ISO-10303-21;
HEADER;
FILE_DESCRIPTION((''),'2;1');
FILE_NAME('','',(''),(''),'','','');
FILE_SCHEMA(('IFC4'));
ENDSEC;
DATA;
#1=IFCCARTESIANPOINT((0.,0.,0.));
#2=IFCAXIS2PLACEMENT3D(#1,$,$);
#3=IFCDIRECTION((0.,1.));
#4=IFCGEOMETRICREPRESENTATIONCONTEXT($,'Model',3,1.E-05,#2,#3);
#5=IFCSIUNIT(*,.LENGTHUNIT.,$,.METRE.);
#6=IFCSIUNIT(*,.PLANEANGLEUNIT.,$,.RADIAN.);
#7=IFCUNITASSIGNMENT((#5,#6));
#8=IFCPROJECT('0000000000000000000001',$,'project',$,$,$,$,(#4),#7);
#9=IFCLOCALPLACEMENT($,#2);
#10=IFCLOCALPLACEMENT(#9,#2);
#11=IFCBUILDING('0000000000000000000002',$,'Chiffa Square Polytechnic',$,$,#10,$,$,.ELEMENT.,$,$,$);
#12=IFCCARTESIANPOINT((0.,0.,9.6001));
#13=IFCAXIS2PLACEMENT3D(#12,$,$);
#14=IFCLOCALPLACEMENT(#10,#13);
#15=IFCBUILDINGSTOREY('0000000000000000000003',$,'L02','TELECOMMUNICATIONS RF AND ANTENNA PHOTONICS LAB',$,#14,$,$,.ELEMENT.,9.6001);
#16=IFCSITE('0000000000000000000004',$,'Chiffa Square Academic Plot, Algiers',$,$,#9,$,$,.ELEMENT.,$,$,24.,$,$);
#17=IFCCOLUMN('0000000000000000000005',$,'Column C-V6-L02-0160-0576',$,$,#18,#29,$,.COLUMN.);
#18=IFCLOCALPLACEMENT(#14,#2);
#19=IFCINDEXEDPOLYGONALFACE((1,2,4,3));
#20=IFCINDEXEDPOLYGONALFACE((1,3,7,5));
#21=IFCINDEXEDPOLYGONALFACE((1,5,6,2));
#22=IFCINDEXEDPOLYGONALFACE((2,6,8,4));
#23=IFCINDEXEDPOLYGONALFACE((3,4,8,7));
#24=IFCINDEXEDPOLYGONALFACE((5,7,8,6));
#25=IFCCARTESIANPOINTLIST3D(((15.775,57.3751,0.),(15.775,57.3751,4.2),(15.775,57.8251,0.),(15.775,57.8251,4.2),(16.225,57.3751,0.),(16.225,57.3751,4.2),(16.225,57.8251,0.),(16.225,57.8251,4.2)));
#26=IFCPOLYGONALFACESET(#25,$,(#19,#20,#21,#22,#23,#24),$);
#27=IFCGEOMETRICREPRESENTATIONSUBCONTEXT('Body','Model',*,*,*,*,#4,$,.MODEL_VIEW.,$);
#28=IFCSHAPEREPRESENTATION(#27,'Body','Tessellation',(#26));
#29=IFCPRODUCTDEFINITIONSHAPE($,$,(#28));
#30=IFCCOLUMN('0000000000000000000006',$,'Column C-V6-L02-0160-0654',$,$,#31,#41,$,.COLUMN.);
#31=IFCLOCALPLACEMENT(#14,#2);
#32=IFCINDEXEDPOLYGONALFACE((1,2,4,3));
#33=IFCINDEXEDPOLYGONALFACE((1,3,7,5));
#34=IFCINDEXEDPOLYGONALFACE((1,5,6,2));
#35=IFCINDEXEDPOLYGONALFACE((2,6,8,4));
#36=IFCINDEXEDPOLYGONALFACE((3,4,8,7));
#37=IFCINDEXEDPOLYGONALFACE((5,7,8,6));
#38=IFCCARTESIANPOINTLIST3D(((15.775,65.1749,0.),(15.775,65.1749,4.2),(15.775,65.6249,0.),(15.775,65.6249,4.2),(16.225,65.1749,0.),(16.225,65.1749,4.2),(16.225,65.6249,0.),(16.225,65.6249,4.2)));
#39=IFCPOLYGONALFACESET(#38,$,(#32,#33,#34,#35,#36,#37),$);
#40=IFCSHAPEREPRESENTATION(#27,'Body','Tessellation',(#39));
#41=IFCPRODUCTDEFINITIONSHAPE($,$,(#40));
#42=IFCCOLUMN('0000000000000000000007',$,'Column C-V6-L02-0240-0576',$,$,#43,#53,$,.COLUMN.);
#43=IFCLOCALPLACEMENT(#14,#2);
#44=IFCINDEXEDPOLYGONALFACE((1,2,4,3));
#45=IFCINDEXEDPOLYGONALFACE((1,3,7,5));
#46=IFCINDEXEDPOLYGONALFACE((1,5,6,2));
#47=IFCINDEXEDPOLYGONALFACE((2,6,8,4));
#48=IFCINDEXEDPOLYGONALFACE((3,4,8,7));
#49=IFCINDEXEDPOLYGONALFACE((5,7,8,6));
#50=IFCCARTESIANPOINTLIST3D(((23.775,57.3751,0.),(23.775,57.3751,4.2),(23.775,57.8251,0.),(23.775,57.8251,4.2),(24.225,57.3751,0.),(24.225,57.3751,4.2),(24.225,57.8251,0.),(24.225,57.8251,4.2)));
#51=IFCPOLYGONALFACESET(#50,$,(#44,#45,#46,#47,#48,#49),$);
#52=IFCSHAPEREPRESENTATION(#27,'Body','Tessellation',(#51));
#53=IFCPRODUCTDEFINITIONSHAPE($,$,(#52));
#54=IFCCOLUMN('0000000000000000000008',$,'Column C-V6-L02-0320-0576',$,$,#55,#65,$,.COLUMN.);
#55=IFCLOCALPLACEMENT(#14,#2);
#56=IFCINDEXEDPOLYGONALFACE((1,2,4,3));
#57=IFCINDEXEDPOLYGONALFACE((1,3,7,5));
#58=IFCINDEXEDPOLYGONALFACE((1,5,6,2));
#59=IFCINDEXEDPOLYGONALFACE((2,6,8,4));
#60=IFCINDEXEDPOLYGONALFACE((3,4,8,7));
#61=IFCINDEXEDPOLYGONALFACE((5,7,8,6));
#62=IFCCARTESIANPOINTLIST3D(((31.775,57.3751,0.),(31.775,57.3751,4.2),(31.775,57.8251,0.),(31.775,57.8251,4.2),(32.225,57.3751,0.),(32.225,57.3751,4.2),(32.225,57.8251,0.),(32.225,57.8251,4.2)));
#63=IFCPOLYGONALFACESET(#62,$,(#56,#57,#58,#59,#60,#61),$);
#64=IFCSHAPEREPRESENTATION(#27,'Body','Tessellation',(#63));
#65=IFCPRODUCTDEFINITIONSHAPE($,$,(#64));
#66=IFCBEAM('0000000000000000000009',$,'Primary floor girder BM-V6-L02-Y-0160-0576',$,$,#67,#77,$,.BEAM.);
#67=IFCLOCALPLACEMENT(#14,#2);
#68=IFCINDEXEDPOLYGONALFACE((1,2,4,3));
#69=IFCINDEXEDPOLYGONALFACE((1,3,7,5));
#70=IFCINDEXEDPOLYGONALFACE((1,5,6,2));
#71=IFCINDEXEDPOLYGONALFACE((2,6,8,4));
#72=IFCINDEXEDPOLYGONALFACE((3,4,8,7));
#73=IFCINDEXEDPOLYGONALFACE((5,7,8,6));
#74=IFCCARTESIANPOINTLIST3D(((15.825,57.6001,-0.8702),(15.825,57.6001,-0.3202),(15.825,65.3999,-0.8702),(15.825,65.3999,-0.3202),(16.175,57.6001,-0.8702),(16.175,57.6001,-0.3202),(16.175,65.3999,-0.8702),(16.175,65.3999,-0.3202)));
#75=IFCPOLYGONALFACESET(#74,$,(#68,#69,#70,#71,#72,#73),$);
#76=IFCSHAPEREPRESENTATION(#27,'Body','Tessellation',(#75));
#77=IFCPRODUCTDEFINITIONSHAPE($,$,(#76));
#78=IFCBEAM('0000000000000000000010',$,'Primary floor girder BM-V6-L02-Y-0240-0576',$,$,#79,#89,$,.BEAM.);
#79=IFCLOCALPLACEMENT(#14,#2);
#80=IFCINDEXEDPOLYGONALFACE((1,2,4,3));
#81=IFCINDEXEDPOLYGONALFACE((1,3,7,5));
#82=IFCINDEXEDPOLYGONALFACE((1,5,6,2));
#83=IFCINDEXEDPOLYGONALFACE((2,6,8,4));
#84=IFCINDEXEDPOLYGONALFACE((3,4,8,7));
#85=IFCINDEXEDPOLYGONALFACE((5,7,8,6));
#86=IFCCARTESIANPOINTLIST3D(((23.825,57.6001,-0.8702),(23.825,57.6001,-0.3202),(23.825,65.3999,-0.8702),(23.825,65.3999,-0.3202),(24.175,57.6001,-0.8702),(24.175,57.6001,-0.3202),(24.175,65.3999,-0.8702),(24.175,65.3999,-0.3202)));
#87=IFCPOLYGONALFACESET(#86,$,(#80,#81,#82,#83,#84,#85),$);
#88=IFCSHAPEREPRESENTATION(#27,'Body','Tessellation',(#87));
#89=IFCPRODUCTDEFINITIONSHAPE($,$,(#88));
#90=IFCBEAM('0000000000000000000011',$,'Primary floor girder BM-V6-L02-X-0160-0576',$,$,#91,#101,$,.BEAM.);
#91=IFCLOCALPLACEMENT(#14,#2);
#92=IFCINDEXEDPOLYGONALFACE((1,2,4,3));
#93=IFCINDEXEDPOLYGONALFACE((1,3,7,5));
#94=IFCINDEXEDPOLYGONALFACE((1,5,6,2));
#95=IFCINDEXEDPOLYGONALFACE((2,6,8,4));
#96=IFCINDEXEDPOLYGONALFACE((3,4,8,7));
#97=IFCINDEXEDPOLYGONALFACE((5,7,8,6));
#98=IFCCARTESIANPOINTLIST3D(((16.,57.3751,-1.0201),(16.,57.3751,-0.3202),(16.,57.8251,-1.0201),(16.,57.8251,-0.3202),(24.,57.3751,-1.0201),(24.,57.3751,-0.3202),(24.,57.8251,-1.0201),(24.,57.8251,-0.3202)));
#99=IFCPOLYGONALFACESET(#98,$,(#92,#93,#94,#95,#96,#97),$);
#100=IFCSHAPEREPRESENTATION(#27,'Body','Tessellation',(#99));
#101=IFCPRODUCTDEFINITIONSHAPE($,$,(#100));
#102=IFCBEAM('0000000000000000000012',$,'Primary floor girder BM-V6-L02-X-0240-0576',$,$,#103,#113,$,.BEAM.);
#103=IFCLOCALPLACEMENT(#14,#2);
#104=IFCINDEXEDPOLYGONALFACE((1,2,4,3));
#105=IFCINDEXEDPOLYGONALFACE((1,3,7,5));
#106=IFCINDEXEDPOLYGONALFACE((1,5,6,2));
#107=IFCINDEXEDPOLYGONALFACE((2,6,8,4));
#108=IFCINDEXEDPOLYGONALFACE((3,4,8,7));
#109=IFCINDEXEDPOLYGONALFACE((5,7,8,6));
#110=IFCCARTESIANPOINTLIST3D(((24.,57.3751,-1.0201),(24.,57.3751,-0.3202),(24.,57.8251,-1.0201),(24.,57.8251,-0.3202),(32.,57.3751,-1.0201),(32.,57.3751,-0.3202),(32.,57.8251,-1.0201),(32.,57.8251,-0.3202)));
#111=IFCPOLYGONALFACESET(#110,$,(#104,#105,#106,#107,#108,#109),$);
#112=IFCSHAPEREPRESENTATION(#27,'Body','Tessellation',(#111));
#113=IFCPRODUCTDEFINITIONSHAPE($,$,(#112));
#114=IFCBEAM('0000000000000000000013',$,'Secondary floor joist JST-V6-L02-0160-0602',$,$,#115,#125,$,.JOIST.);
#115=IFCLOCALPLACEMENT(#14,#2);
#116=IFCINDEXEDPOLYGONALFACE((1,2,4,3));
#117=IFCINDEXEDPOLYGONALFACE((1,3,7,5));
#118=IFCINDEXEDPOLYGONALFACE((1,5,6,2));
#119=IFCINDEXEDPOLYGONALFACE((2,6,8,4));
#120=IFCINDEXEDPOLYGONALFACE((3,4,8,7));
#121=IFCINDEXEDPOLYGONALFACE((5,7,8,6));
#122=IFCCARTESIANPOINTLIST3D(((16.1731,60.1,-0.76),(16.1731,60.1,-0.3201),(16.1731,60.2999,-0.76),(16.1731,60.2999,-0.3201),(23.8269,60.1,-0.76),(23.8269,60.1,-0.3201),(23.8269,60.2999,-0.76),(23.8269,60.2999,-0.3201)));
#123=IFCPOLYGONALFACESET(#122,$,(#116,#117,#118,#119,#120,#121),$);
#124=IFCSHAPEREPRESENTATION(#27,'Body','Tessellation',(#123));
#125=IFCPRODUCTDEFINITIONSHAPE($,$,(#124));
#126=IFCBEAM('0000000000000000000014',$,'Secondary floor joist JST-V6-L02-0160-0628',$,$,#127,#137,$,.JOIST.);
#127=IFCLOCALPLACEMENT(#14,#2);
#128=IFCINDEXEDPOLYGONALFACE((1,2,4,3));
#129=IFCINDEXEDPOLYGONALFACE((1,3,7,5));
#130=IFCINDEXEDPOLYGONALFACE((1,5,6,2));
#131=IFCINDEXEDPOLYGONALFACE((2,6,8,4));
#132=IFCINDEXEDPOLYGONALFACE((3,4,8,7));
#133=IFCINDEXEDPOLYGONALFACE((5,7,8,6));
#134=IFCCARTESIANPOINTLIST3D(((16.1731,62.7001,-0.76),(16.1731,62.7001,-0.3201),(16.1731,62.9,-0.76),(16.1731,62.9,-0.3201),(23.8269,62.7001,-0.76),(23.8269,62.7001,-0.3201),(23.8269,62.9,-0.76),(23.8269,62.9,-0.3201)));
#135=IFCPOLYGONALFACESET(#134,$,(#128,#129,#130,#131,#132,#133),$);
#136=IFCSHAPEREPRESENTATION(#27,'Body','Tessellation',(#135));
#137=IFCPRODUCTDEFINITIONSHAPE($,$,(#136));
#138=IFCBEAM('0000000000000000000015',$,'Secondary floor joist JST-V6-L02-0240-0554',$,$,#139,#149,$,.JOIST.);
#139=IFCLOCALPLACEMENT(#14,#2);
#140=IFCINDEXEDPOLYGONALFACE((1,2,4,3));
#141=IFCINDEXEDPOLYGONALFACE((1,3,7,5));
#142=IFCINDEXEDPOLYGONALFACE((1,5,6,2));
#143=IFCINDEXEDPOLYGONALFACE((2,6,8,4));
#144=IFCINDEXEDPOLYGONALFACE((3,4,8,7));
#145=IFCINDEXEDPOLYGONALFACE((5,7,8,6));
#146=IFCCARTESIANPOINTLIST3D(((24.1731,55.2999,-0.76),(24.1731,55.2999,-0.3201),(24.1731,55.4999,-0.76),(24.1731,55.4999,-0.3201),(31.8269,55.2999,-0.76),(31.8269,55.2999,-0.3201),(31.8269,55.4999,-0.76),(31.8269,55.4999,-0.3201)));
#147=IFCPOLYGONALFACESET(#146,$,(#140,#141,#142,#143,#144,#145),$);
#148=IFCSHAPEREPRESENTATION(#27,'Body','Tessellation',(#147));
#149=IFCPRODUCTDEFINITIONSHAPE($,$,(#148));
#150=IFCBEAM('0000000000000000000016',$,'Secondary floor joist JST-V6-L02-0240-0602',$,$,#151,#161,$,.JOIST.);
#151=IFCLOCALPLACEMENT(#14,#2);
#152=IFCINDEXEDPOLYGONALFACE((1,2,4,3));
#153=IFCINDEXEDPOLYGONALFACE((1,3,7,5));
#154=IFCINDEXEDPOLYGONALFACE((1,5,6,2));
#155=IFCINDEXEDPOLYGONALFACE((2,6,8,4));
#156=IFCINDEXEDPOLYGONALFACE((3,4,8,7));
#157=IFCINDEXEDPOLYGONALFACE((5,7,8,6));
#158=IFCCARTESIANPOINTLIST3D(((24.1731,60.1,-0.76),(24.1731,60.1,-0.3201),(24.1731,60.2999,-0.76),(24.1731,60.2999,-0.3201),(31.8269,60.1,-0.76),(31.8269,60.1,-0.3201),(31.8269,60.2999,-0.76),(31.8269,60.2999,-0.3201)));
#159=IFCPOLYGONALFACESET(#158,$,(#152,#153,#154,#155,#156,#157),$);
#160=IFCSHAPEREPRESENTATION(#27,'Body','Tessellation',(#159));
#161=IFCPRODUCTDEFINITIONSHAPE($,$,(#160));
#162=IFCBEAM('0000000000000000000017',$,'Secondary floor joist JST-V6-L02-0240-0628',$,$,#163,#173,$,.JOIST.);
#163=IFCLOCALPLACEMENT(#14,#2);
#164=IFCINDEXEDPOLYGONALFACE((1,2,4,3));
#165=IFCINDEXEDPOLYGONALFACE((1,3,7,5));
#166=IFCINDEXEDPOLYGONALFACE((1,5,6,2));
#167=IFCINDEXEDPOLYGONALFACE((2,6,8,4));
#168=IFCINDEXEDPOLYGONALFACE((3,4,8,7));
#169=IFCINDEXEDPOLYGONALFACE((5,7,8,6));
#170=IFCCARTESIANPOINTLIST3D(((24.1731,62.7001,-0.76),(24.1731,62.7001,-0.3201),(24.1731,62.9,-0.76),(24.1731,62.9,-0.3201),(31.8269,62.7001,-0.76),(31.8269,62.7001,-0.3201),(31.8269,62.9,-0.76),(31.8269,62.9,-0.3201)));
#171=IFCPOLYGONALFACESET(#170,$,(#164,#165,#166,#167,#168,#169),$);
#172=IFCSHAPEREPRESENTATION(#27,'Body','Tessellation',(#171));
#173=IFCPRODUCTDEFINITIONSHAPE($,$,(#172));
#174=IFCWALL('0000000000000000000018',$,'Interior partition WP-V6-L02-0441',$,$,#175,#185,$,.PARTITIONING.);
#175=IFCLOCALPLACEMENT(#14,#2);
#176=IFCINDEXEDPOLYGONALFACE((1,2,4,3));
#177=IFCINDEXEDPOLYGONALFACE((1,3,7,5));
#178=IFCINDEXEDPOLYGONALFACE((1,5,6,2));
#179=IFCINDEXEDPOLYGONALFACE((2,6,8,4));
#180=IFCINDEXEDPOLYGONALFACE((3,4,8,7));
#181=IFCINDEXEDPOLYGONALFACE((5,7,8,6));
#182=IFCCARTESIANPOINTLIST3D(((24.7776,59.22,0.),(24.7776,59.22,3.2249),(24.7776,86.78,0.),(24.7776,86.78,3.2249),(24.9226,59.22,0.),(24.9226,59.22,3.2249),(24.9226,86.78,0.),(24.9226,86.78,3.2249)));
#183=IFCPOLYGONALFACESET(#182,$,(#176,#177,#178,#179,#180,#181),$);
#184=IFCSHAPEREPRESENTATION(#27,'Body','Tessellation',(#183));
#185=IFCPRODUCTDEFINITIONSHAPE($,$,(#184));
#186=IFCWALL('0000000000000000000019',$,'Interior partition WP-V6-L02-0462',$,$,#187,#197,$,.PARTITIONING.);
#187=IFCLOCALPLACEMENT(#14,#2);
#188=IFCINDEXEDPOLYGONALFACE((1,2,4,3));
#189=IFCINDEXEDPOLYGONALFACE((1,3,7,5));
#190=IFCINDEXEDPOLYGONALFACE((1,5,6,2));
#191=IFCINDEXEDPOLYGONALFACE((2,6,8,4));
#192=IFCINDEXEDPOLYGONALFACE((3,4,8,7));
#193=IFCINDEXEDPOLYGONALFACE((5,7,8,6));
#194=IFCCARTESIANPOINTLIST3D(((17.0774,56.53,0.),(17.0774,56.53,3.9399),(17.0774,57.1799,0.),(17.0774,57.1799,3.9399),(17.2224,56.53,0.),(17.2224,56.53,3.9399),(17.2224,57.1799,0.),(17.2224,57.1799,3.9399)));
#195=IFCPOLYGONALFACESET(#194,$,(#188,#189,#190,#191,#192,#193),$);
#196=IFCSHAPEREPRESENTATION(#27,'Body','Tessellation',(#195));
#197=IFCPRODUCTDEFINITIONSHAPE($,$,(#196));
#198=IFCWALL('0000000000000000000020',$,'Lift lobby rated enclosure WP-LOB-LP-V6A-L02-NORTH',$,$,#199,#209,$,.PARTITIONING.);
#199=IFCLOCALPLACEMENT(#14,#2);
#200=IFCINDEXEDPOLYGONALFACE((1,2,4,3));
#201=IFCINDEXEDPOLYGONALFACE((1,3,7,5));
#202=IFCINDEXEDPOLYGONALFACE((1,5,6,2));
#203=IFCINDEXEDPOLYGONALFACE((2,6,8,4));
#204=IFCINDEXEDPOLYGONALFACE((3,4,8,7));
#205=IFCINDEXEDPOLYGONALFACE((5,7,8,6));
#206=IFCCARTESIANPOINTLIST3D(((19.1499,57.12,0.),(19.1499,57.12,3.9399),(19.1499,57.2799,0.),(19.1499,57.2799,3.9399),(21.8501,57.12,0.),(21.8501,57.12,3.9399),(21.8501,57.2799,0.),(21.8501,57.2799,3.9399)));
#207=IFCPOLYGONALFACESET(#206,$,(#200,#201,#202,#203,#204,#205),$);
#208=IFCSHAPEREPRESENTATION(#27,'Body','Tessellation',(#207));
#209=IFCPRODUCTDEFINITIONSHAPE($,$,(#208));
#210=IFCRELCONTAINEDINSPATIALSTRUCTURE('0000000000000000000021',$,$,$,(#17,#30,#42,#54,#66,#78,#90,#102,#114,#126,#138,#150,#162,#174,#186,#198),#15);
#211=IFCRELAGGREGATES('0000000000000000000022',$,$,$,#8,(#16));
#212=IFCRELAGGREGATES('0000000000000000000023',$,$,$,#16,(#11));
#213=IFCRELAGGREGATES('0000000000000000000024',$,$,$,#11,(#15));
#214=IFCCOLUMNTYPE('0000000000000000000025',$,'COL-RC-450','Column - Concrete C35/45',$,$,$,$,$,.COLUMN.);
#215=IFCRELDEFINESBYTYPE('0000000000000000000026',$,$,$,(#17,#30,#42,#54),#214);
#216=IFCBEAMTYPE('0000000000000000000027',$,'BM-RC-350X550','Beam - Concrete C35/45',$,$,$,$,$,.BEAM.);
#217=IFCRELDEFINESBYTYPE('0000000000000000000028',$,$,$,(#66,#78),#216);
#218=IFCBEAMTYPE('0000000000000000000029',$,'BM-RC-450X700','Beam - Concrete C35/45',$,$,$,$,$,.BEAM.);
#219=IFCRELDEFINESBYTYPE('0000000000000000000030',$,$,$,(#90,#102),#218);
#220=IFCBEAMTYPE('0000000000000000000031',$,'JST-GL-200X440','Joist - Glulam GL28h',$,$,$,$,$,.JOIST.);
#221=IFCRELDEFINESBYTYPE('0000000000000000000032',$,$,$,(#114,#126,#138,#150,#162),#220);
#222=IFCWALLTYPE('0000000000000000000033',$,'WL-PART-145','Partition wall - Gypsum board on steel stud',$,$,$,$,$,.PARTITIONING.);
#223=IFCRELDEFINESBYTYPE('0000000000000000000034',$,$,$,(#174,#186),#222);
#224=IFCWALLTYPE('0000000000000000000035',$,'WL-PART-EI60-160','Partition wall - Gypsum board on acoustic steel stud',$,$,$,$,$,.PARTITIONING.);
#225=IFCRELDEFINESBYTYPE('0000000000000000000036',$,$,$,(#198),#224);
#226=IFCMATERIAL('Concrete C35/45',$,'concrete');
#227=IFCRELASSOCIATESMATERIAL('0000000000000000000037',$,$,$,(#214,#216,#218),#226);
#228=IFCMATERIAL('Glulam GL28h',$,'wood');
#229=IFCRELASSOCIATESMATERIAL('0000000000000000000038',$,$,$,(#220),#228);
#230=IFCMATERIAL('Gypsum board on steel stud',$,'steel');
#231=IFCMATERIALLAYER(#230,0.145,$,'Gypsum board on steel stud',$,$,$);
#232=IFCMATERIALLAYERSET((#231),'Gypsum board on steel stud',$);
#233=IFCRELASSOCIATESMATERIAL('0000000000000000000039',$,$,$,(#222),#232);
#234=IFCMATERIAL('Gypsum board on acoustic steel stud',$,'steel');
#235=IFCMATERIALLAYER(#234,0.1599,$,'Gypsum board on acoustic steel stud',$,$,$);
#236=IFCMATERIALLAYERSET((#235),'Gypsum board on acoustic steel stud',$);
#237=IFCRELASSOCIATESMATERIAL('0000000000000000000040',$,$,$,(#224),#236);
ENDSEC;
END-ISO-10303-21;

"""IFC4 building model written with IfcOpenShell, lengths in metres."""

from ifc_helpers import new_model, si_unit, direction, frame, frame_2d, origin, origin_2d, place, context, subcontext, project, spatial, rectangle, extrude, material, layer, layer_set, material_profile, profile_set, type_object, element, save


model = new_model("IFC4")

# Units and contexts
model_context = context("Model", 3, precision=1e-05, world=origin(), true_north=direction((0.0, 1.0)))
body_context = subcontext(model_context, "Body", "Model", "MODEL_VIEW")
ifc_project = project(units=[si_unit("LENGTHUNIT", "METRE"), si_unit("PLANEANGLEUNIT", "RADIAN")], contexts=[model_context])

# Site, building, storey
site_placement = place(None, origin())
site = spatial("IfcSite", under=ifc_project, at=site_placement, Name="Chiffa Square Academic Plot, Algiers", CompositionType="ELEMENT", RefElevation=24.0)
building_placement = place(site_placement, origin())
building = spatial("IfcBuilding", under=site, at=building_placement, Name="Chiffa Square Polytechnic", CompositionType="ELEMENT")
storey_placement = place(building_placement, frame((0.0, 0.0, 9.6001)))
storey = spatial("IfcBuildingStorey", under=building, at=storey_placement, Name="L02", Description="TELECOMMUNICATIONS RF AND ANTENNA PHOTONICS LAB", CompositionType="ELEMENT", Elevation=9.6001)

# Columns
ifc_material_1 = material(Name="Concrete C35/45", Category="concrete")
ifc_material_profile_1 = material_profile(ifc_material_1, rectangle(XDim=0.45, YDim=0.45, at=origin_2d()), Name="RC 450x450")
ifc_profile_set_1 = profile_set([ifc_material_profile_1], Name="Concrete C35/45")
column_type = type_object("IfcColumnType", Name="COL-RC-450", Description="Column - Concrete C35/45", PredefinedType="COLUMN", material=ifc_profile_set_1)
for number, where, z_axis, x_axis, name in (
    (1, (16.0, 57.6001, 0.0), (0.0, 0.0, 1.0), (1.0, 0.0, 0.0), "Column C-V6-L02-0160-0576"),
    (2, (16.0, 65.3999, 0.0), (0.0, 0.0, 1.0), (1.0, 0.0, 0.0), "Column C-V6-L02-0160-0654"),
    (3, (24.0, 57.6001, 0.0), (0.0, 0.0, 1.0), (1.0, 0.0, 0.0), "Column C-V6-L02-0240-0576"),
    (4, (32.0, 57.6001, 0.0), (0.0, 0.0, 1.0), (1.0, 0.0, 0.0), "Column C-V6-L02-0320-0576"),
):
    element("IfcColumn", number, at=place(storey_placement, frame(where, z_axis=z_axis, x_axis=x_axis)), inside=storey, type_object=column_type, Name=name, PredefinedType="COLUMN", context=body_context, shape_type="SweptSolid", body=[
        extrude(rectangle(XDim=0.45, YDim=0.45, at=origin_2d()), origin(), (0.0, 0.0, 1.0), 4.2),
    ])

# Beams
ifc_material_profile_2 = material_profile(ifc_material_1, rectangle(XDim=0.3501, YDim=0.55, at=origin_2d()), Name="RC 350x550")
ifc_profile_set_2 = profile_set([ifc_material_profile_2], Name="Concrete C35/45")
beam_type_1 = type_object("IfcBeamType", Name="BM-RC-350X550", Description="Beam - Concrete C35/45", PredefinedType="BEAM", material=ifc_profile_set_2)
for number, where, z_axis, x_axis, name in (
    (5, (16.0, 57.6001, -0.5952), (0.0, 1.0, 0.0), (-1.0, 0.0, 0.0), "Primary floor girder BM-V6-L02-Y-0160-0576"),
    (6, (24.0, 57.6001, -0.5952), (0.0, 1.0, 0.0), (-1.0, 0.0, 0.0), "Primary floor girder BM-V6-L02-Y-0240-0576"),
):
    element("IfcBeam", number, at=place(storey_placement, frame(where, z_axis=z_axis, x_axis=x_axis)), inside=storey, type_object=beam_type_1, Name=name, PredefinedType="BEAM", context=body_context, shape_type="SweptSolid", body=[
        extrude(rectangle(XDim=0.3501, YDim=0.55, at=origin_2d()), origin(), (0.0, 0.0, 1.0), 7.7998),
    ])
ifc_material_profile_3 = material_profile(ifc_material_1, rectangle(XDim=0.45, YDim=0.7, at=origin_2d()), Name="RC 450x700")
ifc_profile_set_3 = profile_set([ifc_material_profile_3], Name="Concrete C35/45")
beam_type_2 = type_object("IfcBeamType", Name="BM-RC-450X700", Description="Beam - Concrete C35/45", PredefinedType="BEAM", material=ifc_profile_set_3)
for number, where, z_axis, x_axis, name in (
    (7, (16.0, 57.6001, -0.6702), (1.0, 0.0, 0.0), (0.0, 1.0, 0.0), "Primary floor girder BM-V6-L02-X-0160-0576"),
    (8, (24.0, 57.6001, -0.6702), (1.0, 0.0, 0.0), (0.0, 1.0, 0.0), "Primary floor girder BM-V6-L02-X-0240-0576"),
):
    element("IfcBeam", number, at=place(storey_placement, frame(where, z_axis=z_axis, x_axis=x_axis)), inside=storey, type_object=beam_type_2, Name=name, PredefinedType="BEAM", context=body_context, shape_type="SweptSolid", body=[
        extrude(rectangle(XDim=0.45, YDim=0.7, at=origin_2d()), origin(), (0.0, 0.0, 1.0), 8.0),
    ])
ifc_material_2 = material(Name="Glulam GL28h", Category="wood")
ifc_material_profile_4 = material_profile(ifc_material_2, rectangle(XDim=0.2, YDim=0.4399, at=origin_2d()), Name="GL28h 200x440")
ifc_profile_set_4 = profile_set([ifc_material_profile_4], Name="Glulam GL28h")
beam_type_3 = type_object("IfcBeamType", Name="JST-GL-200X440", Description="Joist - Glulam GL28h", PredefinedType="JOIST", material=ifc_profile_set_4)
for number, where, z_axis, x_axis, name in (
    (9, (16.1731, 60.2, -0.54), (1.0, 0.0, 0.0), (0.0, 1.0, 0.0), "Secondary floor joist JST-V6-L02-0160-0602"),
    (10, (16.1731, 62.8, -0.54), (1.0, 0.0, 0.0), (0.0, 1.0, 0.0), "Secondary floor joist JST-V6-L02-0160-0628"),
    (11, (24.1731, 55.3999, -0.54), (1.0, 0.0, 0.0), (0.0, 1.0, 0.0), "Secondary floor joist JST-V6-L02-0240-0554"),
    (12, (24.1731, 60.2, -0.54), (1.0, 0.0, 0.0), (0.0, 1.0, 0.0), "Secondary floor joist JST-V6-L02-0240-0602"),
    (13, (24.1731, 62.8, -0.54), (1.0, 0.0, 0.0), (0.0, 1.0, 0.0), "Secondary floor joist JST-V6-L02-0240-0628"),
):
    element("IfcBeam", number, at=place(storey_placement, frame(where, z_axis=z_axis, x_axis=x_axis)), inside=storey, type_object=beam_type_3, Name=name, PredefinedType="JOIST", context=body_context, shape_type="SweptSolid", body=[
        extrude(rectangle(XDim=0.2, YDim=0.4399, at=origin_2d()), origin(), (0.0, 0.0, 1.0), 7.6538),
    ])

# Walls
ifc_material_3 = material(Name="Gypsum board on steel stud", Category="steel")
ifc_layer_1 = layer(ifc_material_3, 0.145, Name="Gypsum board on steel stud")
ifc_layer_set_1 = layer_set([ifc_layer_1], Name="Gypsum board on steel stud")
wall_type_1 = type_object("IfcWallType", Name="WL-PART-145", Description="Partition wall - Gypsum board on steel stud", PredefinedType="PARTITIONING", material=ifc_layer_set_1)
wall_1_placement = place(storey_placement, frame((24.8501, 59.22, 0.0), z_axis=(0.0, 0.0, 1.0), x_axis=(0.0, 1.0, 0.0)))
element("IfcWall", 14, at=wall_1_placement, inside=storey, type_object=wall_type_1, Name="Interior partition WP-V6-L02-0441", PredefinedType="PARTITIONING", context=body_context, shape_type="SweptSolid", body=[
    extrude(rectangle(XDim=27.5601, YDim=0.145, at=frame_2d((13.78, 0.0))), origin(), (0.0, 0.0, 1.0), 3.2249),
])
wall_2_placement = place(storey_placement, frame((17.1499, 56.53, 0.0), z_axis=(0.0, 0.0, 1.0), x_axis=(0.0, 1.0, 0.0)))
element("IfcWall", 15, at=wall_2_placement, inside=storey, type_object=wall_type_1, Name="Interior partition WP-V6-L02-0462", PredefinedType="PARTITIONING", context=body_context, shape_type="SweptSolid", body=[
    extrude(rectangle(XDim=0.6499, YDim=0.145, at=frame_2d((0.325, 0.0))), origin(), (0.0, 0.0, 1.0), 3.9399),
])
ifc_material_4 = material(Name="Gypsum board on acoustic steel stud", Category="steel")
ifc_layer_2 = layer(ifc_material_4, 0.1599, Name="Gypsum board on acoustic steel stud")
ifc_layer_set_2 = layer_set([ifc_layer_2], Name="Gypsum board on acoustic steel stud")
wall_type_2 = type_object("IfcWallType", Name="WL-PART-EI60-160", Description="Partition wall - Gypsum board on acoustic steel stud", PredefinedType="PARTITIONING", material=ifc_layer_set_2)
wall_3_placement = place(storey_placement, frame((19.1499, 57.2, 0.0), z_axis=(0.0, 0.0, 1.0), x_axis=(1.0, 0.0, 0.0)))
element("IfcWall", 16, at=wall_3_placement, inside=storey, type_object=wall_type_2, Name="Lift lobby rated enclosure WP-LOB-LP-V6A-L02-NORTH", PredefinedType="PARTITIONING", context=body_context, shape_type="SweptSolid", body=[
    extrude(rectangle(XDim=2.7002, YDim=0.1599, at=frame_2d((1.3501, 0.0))), origin(), (0.0, 0.0, 1.0), 3.9399),
])

save(model, "model.ifc")
